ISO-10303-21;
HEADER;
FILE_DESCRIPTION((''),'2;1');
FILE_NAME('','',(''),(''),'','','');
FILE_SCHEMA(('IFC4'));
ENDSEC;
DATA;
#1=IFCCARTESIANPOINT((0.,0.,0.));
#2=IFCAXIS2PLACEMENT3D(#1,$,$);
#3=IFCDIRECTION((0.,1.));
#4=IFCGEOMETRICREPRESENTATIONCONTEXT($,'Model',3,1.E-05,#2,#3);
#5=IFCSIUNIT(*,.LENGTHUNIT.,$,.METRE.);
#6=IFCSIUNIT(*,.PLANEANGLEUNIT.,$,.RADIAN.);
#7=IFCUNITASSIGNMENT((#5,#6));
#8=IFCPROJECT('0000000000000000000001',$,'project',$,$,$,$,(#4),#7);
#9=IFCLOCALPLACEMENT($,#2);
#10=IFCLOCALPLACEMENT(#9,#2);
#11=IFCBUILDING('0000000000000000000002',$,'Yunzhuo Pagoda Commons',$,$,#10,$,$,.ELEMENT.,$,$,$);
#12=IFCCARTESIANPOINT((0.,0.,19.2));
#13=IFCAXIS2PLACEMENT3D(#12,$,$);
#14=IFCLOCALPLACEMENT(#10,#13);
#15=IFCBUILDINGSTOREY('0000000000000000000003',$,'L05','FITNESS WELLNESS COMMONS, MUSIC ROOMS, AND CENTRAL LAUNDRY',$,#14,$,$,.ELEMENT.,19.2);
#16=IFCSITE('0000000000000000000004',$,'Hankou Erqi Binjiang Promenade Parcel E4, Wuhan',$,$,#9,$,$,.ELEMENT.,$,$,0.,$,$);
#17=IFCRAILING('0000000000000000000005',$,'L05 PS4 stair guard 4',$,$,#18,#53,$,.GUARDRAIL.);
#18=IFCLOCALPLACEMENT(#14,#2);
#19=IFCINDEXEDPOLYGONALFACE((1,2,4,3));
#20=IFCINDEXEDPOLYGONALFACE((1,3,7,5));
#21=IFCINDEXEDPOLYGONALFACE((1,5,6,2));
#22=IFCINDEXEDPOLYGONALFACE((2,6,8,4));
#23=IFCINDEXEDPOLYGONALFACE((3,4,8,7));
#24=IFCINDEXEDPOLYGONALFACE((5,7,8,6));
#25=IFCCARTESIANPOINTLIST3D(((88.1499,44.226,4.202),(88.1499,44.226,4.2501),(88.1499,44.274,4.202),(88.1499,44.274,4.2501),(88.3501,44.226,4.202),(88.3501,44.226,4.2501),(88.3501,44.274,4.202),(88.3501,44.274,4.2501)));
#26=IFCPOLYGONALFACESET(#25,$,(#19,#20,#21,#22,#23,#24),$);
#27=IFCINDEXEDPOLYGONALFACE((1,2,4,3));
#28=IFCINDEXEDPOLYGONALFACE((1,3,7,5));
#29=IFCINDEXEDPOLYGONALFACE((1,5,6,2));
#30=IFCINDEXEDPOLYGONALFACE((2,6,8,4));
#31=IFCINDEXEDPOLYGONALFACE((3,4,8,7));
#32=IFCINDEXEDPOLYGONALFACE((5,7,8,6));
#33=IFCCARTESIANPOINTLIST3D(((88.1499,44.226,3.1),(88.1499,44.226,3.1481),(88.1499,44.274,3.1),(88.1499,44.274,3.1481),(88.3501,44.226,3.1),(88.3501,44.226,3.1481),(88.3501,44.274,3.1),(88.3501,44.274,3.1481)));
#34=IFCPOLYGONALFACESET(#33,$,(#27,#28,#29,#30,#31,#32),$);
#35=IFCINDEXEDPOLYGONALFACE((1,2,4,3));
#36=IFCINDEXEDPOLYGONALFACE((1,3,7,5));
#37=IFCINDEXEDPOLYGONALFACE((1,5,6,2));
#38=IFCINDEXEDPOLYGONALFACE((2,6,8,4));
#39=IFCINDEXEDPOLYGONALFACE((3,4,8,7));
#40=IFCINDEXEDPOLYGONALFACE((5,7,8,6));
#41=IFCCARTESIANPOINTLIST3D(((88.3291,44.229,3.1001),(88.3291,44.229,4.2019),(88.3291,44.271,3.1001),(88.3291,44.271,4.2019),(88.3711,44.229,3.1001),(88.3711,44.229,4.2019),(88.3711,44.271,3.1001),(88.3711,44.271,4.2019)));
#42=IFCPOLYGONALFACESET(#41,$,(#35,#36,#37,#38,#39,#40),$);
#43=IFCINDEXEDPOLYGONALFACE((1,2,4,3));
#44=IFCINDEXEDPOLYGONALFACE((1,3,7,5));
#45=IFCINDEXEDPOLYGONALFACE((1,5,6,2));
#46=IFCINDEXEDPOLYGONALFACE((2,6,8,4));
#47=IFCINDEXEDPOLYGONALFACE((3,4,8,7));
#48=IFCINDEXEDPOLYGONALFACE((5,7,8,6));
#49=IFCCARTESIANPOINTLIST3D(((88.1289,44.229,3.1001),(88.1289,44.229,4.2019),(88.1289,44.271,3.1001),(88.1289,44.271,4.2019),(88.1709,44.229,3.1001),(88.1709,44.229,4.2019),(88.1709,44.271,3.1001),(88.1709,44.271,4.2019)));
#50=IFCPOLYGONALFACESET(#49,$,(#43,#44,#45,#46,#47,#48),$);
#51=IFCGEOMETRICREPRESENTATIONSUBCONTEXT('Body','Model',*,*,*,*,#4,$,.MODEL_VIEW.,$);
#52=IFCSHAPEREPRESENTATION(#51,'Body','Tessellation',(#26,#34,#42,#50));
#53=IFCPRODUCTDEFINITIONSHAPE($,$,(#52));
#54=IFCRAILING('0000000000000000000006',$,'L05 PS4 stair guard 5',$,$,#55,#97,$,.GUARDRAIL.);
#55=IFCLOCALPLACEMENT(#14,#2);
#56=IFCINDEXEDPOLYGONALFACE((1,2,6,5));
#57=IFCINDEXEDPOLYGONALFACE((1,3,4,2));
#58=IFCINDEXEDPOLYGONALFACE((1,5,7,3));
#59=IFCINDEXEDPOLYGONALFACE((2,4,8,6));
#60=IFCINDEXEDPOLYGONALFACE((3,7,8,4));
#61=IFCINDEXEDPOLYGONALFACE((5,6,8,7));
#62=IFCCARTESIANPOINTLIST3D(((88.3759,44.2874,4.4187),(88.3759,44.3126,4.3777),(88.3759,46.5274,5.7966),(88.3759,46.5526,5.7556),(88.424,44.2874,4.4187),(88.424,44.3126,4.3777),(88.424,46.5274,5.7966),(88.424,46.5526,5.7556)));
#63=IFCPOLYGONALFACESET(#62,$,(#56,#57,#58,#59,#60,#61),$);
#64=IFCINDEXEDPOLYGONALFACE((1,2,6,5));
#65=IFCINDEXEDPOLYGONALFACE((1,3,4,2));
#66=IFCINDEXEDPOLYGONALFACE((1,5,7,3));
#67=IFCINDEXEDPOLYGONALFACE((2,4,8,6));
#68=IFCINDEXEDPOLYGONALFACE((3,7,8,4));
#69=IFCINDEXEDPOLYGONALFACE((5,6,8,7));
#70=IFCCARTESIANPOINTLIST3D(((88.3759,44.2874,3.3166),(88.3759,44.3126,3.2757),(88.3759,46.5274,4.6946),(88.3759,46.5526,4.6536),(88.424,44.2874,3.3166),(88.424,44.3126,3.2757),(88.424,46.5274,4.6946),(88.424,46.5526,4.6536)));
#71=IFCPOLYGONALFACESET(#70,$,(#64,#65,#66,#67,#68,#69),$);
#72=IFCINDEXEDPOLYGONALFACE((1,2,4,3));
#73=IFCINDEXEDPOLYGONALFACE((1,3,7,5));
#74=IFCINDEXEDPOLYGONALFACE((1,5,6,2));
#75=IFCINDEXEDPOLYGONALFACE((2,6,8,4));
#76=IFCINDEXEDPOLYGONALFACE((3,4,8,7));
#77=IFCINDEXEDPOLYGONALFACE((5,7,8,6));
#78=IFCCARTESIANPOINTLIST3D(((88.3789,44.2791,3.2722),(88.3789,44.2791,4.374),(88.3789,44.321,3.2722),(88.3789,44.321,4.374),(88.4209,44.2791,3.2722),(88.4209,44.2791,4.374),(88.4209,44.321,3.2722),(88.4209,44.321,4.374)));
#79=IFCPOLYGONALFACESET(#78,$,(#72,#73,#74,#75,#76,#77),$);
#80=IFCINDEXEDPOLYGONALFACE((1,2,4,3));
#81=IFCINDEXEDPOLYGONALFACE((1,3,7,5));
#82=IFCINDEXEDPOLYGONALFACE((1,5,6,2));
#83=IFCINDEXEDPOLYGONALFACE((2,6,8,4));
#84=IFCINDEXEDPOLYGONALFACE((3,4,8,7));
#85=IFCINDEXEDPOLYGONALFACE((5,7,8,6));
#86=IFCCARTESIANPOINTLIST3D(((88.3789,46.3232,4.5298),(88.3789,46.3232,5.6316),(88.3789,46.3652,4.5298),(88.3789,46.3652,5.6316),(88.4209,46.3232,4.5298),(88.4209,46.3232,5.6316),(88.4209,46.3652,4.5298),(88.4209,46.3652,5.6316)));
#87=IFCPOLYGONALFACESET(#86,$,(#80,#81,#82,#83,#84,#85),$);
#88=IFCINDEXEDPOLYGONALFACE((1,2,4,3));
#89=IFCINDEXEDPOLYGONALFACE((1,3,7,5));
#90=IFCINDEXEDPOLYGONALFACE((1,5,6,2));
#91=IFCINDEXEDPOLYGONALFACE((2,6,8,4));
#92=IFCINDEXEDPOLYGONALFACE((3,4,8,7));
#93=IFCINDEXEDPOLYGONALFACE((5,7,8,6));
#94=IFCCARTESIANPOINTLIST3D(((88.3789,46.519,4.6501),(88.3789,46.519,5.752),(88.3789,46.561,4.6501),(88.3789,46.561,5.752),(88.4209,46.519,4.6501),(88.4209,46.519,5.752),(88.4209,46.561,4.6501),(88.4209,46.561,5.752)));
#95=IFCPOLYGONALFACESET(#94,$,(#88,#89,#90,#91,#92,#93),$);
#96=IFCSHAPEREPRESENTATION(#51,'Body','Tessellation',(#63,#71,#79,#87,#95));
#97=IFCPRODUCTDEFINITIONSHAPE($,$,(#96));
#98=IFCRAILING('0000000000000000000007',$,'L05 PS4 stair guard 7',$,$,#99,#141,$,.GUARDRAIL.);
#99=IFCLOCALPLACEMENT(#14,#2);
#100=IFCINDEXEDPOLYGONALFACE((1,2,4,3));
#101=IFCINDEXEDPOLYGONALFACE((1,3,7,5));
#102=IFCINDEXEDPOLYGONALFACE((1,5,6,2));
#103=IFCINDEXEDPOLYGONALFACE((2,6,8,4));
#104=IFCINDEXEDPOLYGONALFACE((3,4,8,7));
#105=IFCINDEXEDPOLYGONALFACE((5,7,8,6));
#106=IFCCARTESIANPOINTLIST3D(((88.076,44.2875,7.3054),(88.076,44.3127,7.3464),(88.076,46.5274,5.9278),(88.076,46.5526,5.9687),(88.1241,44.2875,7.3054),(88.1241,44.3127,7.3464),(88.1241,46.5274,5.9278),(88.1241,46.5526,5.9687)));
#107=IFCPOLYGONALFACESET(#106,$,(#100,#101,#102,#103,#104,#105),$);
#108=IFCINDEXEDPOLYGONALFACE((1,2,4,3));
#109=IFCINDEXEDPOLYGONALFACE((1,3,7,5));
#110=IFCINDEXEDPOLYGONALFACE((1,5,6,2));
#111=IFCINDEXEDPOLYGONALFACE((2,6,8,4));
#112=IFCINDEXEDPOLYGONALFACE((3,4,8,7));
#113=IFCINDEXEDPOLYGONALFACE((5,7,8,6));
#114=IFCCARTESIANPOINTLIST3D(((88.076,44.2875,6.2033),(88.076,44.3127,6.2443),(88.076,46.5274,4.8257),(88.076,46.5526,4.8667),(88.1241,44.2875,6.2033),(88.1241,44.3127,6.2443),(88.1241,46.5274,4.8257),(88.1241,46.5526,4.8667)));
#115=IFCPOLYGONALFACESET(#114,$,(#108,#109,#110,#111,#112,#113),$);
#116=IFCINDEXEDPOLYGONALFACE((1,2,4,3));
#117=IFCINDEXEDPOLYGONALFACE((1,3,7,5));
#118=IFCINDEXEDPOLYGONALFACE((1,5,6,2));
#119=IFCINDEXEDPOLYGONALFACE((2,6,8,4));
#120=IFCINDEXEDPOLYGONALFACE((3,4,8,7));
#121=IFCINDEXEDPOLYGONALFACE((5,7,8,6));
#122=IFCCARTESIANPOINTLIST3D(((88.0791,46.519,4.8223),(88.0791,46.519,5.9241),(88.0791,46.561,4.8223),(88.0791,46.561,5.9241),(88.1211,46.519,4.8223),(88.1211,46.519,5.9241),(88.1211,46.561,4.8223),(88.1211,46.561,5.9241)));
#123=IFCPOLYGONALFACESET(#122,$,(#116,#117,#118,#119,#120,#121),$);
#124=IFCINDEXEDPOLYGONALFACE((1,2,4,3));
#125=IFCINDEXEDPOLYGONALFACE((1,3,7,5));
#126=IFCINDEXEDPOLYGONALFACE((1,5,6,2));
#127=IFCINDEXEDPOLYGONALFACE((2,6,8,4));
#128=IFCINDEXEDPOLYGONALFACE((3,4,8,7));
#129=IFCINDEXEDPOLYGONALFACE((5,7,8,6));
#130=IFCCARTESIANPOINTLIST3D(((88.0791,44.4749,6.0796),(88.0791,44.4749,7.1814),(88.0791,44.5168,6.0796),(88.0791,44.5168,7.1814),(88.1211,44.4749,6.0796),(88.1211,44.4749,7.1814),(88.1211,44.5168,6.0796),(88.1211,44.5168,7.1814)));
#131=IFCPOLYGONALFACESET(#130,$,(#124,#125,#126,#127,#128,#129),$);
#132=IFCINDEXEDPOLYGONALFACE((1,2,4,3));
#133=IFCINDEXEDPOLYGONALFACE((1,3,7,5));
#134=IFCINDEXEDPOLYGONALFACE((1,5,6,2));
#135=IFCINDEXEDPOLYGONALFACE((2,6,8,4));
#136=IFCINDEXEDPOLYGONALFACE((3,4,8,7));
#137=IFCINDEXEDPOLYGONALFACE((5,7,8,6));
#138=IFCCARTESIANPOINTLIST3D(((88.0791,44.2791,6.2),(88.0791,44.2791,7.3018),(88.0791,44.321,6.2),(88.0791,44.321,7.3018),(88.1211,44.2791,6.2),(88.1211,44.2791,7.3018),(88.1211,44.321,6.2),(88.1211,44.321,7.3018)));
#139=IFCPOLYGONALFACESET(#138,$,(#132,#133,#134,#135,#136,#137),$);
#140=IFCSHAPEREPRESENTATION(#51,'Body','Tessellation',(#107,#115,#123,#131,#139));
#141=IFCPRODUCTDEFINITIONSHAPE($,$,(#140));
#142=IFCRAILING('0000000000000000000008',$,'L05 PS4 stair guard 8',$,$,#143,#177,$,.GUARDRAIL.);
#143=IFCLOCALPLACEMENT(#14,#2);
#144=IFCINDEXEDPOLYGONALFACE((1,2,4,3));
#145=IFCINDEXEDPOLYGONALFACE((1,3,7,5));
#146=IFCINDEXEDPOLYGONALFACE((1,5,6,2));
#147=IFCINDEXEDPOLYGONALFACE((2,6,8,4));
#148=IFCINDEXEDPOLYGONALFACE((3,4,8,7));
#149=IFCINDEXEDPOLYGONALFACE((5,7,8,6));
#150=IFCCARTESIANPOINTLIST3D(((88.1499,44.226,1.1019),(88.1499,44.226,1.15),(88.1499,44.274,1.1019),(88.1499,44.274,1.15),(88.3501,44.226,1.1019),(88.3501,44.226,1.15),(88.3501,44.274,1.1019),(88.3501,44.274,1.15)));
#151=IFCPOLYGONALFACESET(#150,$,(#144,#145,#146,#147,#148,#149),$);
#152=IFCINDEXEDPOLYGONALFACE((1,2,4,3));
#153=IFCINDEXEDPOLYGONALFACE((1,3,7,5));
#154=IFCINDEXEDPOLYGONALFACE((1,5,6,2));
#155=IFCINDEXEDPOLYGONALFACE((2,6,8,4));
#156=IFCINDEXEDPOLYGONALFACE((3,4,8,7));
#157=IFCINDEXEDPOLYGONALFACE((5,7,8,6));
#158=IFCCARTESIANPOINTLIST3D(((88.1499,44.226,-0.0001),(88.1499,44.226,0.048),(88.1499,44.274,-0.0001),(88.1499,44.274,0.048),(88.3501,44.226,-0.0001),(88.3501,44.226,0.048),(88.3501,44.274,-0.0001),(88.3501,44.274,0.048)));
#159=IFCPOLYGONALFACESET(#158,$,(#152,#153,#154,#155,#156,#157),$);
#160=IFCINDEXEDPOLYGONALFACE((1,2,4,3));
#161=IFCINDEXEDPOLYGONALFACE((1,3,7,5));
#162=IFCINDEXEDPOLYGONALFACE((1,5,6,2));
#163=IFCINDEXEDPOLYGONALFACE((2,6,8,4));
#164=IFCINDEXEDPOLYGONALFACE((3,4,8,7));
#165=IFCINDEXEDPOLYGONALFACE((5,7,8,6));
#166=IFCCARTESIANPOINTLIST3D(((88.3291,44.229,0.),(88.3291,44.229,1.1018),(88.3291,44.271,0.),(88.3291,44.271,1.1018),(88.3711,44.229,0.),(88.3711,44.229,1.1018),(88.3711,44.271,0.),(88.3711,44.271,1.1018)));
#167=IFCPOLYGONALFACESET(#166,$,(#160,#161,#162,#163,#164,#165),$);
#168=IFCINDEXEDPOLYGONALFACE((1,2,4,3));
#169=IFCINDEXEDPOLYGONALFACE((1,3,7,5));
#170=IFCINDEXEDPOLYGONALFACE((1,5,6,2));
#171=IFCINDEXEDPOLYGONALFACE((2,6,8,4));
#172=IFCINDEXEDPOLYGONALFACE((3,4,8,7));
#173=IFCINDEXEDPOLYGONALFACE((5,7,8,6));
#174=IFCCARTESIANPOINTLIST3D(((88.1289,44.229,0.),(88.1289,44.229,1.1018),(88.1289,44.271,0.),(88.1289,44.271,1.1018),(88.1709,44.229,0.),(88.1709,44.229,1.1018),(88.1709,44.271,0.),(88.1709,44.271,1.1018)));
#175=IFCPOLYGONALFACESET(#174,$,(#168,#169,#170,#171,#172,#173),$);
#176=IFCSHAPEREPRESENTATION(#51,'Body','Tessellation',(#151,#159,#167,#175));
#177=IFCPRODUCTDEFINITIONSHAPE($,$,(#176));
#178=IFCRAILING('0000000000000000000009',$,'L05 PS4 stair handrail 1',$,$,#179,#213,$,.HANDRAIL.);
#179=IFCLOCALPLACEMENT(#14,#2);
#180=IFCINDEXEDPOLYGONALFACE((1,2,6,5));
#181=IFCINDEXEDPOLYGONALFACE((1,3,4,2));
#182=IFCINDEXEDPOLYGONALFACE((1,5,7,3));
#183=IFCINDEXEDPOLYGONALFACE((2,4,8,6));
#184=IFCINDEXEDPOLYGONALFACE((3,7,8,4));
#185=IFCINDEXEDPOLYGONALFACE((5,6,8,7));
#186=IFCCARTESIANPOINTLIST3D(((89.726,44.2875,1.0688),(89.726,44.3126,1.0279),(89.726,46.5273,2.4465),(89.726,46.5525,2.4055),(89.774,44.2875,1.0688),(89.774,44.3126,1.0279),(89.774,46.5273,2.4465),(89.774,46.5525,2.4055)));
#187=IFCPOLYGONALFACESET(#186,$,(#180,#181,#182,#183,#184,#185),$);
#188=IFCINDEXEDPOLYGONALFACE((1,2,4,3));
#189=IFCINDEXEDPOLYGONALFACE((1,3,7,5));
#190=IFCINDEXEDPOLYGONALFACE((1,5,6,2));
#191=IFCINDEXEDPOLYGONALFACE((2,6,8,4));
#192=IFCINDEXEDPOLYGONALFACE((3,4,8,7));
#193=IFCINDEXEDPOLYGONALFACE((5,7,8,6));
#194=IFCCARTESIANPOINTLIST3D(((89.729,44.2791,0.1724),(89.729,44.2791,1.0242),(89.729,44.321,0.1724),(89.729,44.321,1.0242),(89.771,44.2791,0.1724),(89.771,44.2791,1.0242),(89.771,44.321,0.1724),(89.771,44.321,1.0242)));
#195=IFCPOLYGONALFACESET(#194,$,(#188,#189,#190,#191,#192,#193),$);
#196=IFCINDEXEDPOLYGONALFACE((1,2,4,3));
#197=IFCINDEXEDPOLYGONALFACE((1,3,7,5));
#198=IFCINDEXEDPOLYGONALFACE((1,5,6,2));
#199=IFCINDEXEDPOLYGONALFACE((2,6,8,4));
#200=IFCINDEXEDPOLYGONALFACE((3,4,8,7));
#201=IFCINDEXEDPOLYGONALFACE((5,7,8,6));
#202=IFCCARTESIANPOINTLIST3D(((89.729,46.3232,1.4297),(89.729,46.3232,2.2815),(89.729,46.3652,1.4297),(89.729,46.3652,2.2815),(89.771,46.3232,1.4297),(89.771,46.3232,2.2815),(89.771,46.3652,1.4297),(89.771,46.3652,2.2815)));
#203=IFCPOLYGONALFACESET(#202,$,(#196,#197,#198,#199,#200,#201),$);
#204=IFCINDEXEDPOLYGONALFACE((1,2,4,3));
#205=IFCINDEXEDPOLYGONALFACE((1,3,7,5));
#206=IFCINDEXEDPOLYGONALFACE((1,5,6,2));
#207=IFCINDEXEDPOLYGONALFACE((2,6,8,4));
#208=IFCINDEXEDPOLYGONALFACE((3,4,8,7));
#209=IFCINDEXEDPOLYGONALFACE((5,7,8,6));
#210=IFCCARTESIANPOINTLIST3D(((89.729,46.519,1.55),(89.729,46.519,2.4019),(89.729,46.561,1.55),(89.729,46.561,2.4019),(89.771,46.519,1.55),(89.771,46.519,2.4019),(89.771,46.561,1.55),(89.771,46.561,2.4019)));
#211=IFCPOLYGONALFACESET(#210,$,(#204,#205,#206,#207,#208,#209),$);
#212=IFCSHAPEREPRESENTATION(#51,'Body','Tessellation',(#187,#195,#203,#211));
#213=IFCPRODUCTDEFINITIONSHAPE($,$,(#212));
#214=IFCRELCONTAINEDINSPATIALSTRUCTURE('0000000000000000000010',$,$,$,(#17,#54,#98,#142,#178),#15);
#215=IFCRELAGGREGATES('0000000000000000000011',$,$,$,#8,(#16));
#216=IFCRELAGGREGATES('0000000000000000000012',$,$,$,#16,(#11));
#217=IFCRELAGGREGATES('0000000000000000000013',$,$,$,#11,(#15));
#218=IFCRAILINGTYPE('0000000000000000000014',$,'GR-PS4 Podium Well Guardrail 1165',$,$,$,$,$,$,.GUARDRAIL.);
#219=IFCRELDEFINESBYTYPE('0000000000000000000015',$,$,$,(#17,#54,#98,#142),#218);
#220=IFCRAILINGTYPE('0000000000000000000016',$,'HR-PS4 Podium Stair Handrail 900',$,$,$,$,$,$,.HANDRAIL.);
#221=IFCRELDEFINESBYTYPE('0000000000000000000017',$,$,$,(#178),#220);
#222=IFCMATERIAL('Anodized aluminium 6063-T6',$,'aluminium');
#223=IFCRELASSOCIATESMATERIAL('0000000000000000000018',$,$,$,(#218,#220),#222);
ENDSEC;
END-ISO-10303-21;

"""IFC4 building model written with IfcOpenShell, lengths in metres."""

from ifc_helpers import new_model, si_unit, direction, frame, origin, origin_2d, place, context, subcontext, project, spatial, rectangle, extrude, material, type_object, element, save


model = new_model("IFC4")

# Units and contexts
model_context = context("Model", 3, precision=1e-05, world=origin(), true_north=direction((0.0, 1.0)))
body_context = subcontext(model_context, "Body", "Model", "MODEL_VIEW")
ifc_project = project(units=[si_unit("LENGTHUNIT", "METRE"), si_unit("PLANEANGLEUNIT", "RADIAN")], contexts=[model_context])

# Site, building, storey
site_placement = place(None, origin())
site = spatial("IfcSite", under=ifc_project, at=site_placement, Name="Hankou Erqi Binjiang Promenade Parcel E4, Wuhan", CompositionType="ELEMENT", RefElevation=0.0)
building_placement = place(site_placement, origin())
building = spatial("IfcBuilding", under=site, at=building_placement, Name="Yunzhuo Pagoda Commons", CompositionType="ELEMENT")
storey_placement = place(building_placement, frame((0.0, 0.0, 19.2)))
storey = spatial("IfcBuildingStorey", under=building, at=storey_placement, Name="L05", Description="FITNESS WELLNESS COMMONS, MUSIC ROOMS, AND CENTRAL LAUNDRY", CompositionType="ELEMENT", Elevation=19.2)

# Railings
ifc_material_1 = material(Name="Anodized aluminium 6063-T6", Category="aluminium")
railing_type_1 = type_object("IfcRailingType", Name="GR-PS4 Podium Well Guardrail 1165", PredefinedType="GUARDRAIL", material=ifc_material_1)
railing_1_placement = place(storey_placement, frame((88.3501, 44.25, 3.1001)))
element("IfcRailing", 1, at=railing_1_placement, inside=storey, type_object=railing_type_1, Name="L05 PS4 stair guard 4", PredefinedType="GUARDRAIL", context=body_context, shape_type="SweptSolid", body=[
    extrude(rectangle(XDim=0.0481, YDim=0.0481, at=origin_2d()), frame((0.0, 0.0, 1.126), z_axis=(-1.0, 0.0, 0.0), x_axis=(0.0, -1.0, 0.0)), (0.0, 0.0, 1.0), 0.2002),
    extrude(rectangle(XDim=0.0481, YDim=0.0481, at=origin_2d()), frame((0.0, 0.0, 0.0239), z_axis=(-1.0, 0.0, 0.0), x_axis=(0.0, -1.0, 0.0)), (0.0, 0.0, 1.0), 0.2002),
    extrude(rectangle(XDim=0.042, YDim=0.042, at=origin_2d()), origin(), (0.0, 0.0, 1.0), 1.1018),
    extrude(rectangle(XDim=0.042, YDim=0.042, at=origin_2d()), frame((-0.2002, 0.0, 0.0)), (0.0, 0.0, 1.0), 1.1018),
])
railing_2_placement = place(storey_placement, frame((88.3999, 44.3, 3.2722)))
element("IfcRailing", 2, at=railing_2_placement, inside=storey, type_object=railing_type_1, Name="L05 PS4 stair guard 5", PredefinedType="GUARDRAIL", context=body_context, shape_type="SweptSolid", body=[
    extrude(rectangle(XDim=0.0481, YDim=0.0481, at=origin_2d()), frame((0.0, 0.0, 1.126), z_axis=(0.0, 0.851748, 0.523952), x_axis=(-1.0, 0.0, 0.0)), (0.0, 0.0, 1.0), 2.6299),
    extrude(rectangle(XDim=0.0481, YDim=0.0481, at=origin_2d()), frame((0.0, 0.0, 0.0239), z_axis=(0.0, 0.851748, 0.523952), x_axis=(-1.0, 0.0, 0.0)), (0.0, 0.0, 1.0), 2.6299),
    extrude(rectangle(XDim=0.042, YDim=0.042, at=origin_2d()), origin(), (0.0, 0.0, 1.0), 1.1018),
    extrude(rectangle(XDim=0.042, YDim=0.042, at=origin_2d()), frame((0.0, 2.0442, 1.2576)), (0.0, 0.0, 1.0), 1.1018),
    extrude(rectangle(XDim=0.042, YDim=0.042, at=origin_2d()), frame((0.0, 2.24, 1.3779)), (0.0, 0.0, 1.0), 1.1018),
])
railing_3_placement = place(storey_placement, frame((88.1001, 46.54, 4.8223)))
element("IfcRailing", 3, at=railing_3_placement, inside=storey, type_object=railing_type_1, Name="L05 PS4 stair guard 7", PredefinedType="GUARDRAIL", context=body_context, shape_type="SweptSolid", body=[
    extrude(rectangle(XDim=0.0481, YDim=0.0481, at=origin_2d()), frame((0.0, 0.0, 1.126), z_axis=(0.0, -0.851789, 0.523885), x_axis=(1.0, 0.0, 0.0)), (0.0, 0.0, 1.0), 2.6296),
    extrude(rectangle(XDim=0.0481, YDim=0.0481, at=origin_2d()), frame((0.0, 0.0, 0.0239), z_axis=(0.0, -0.851789, 0.523885), x_axis=(1.0, 0.0, 0.0)), (0.0, 0.0, 1.0), 2.6296),
    extrude(rectangle(XDim=0.042, YDim=0.042, at=origin_2d()), origin(), (0.0, 0.0, 1.0), 1.1018),
    extrude(rectangle(XDim=0.042, YDim=0.042, at=origin_2d()), frame((0.0, -2.0442, 1.2573)), (0.0, 0.0, 1.0), 1.1018),
    extrude(rectangle(XDim=0.042, YDim=0.042, at=origin_2d()), frame((0.0, -2.24, 1.3777)), (0.0, 0.0, 1.0), 1.1018),
])
railing_4_placement = place(storey_placement, frame((88.3501, 44.25, 0.0)))
element("IfcRailing", 4, at=railing_4_placement, inside=storey, type_object=railing_type_1, Name="L05 PS4 stair guard 8", PredefinedType="GUARDRAIL", context=body_context, shape_type="SweptSolid", body=[
    extrude(rectangle(XDim=0.0481, YDim=0.0481, at=origin_2d()), frame((0.0, 0.0, 1.126), z_axis=(-1.0, 0.0, 0.0), x_axis=(0.0, -1.0, 0.0)), (0.0, 0.0, 1.0), 0.2002),
    extrude(rectangle(XDim=0.0481, YDim=0.0481, at=origin_2d()), frame((0.0, 0.0, 0.0239), z_axis=(-1.0, 0.0, 0.0), x_axis=(0.0, -1.0, 0.0)), (0.0, 0.0, 1.0), 0.2002),
    extrude(rectangle(XDim=0.042, YDim=0.042, at=origin_2d()), origin(), (0.0, 0.0, 1.0), 1.1018),
    extrude(rectangle(XDim=0.042, YDim=0.042, at=origin_2d()), frame((-0.2002, 0.0, 0.0)), (0.0, 0.0, 1.0), 1.1018),
])
railing_type_2 = type_object("IfcRailingType", Name="HR-PS4 Podium Stair Handrail 900", PredefinedType="HANDRAIL", material=ifc_material_1)
railing_5_placement = place(storey_placement, frame((89.75, 44.3, 0.1724)))
element("IfcRailing", 5, at=railing_5_placement, inside=storey, type_object=railing_type_2, Name="L05 PS4 stair handrail 1", PredefinedType="HANDRAIL", context=body_context, shape_type="SweptSolid", body=[
    extrude(rectangle(XDim=0.0481, YDim=0.0481, at=origin_2d()), frame((0.0, 0.0, 0.876), z_axis=(0.0, 0.851789, 0.523885), x_axis=(-1.0, 0.0, 0.0)), (0.0, 0.0, 1.0), 2.6296),
    extrude(rectangle(XDim=0.042, YDim=0.042, at=origin_2d()), origin(), (0.0, 0.0, 1.0), 0.8518),
    extrude(rectangle(XDim=0.042, YDim=0.042, at=origin_2d()), frame((0.0, 2.0442, 1.2573)), (0.0, 0.0, 1.0), 0.8518),
    extrude(rectangle(XDim=0.042, YDim=0.042, at=origin_2d()), frame((0.0, 2.24, 1.3777)), (0.0, 0.0, 1.0), 0.8518),
])

save(model, "model.ifc")
